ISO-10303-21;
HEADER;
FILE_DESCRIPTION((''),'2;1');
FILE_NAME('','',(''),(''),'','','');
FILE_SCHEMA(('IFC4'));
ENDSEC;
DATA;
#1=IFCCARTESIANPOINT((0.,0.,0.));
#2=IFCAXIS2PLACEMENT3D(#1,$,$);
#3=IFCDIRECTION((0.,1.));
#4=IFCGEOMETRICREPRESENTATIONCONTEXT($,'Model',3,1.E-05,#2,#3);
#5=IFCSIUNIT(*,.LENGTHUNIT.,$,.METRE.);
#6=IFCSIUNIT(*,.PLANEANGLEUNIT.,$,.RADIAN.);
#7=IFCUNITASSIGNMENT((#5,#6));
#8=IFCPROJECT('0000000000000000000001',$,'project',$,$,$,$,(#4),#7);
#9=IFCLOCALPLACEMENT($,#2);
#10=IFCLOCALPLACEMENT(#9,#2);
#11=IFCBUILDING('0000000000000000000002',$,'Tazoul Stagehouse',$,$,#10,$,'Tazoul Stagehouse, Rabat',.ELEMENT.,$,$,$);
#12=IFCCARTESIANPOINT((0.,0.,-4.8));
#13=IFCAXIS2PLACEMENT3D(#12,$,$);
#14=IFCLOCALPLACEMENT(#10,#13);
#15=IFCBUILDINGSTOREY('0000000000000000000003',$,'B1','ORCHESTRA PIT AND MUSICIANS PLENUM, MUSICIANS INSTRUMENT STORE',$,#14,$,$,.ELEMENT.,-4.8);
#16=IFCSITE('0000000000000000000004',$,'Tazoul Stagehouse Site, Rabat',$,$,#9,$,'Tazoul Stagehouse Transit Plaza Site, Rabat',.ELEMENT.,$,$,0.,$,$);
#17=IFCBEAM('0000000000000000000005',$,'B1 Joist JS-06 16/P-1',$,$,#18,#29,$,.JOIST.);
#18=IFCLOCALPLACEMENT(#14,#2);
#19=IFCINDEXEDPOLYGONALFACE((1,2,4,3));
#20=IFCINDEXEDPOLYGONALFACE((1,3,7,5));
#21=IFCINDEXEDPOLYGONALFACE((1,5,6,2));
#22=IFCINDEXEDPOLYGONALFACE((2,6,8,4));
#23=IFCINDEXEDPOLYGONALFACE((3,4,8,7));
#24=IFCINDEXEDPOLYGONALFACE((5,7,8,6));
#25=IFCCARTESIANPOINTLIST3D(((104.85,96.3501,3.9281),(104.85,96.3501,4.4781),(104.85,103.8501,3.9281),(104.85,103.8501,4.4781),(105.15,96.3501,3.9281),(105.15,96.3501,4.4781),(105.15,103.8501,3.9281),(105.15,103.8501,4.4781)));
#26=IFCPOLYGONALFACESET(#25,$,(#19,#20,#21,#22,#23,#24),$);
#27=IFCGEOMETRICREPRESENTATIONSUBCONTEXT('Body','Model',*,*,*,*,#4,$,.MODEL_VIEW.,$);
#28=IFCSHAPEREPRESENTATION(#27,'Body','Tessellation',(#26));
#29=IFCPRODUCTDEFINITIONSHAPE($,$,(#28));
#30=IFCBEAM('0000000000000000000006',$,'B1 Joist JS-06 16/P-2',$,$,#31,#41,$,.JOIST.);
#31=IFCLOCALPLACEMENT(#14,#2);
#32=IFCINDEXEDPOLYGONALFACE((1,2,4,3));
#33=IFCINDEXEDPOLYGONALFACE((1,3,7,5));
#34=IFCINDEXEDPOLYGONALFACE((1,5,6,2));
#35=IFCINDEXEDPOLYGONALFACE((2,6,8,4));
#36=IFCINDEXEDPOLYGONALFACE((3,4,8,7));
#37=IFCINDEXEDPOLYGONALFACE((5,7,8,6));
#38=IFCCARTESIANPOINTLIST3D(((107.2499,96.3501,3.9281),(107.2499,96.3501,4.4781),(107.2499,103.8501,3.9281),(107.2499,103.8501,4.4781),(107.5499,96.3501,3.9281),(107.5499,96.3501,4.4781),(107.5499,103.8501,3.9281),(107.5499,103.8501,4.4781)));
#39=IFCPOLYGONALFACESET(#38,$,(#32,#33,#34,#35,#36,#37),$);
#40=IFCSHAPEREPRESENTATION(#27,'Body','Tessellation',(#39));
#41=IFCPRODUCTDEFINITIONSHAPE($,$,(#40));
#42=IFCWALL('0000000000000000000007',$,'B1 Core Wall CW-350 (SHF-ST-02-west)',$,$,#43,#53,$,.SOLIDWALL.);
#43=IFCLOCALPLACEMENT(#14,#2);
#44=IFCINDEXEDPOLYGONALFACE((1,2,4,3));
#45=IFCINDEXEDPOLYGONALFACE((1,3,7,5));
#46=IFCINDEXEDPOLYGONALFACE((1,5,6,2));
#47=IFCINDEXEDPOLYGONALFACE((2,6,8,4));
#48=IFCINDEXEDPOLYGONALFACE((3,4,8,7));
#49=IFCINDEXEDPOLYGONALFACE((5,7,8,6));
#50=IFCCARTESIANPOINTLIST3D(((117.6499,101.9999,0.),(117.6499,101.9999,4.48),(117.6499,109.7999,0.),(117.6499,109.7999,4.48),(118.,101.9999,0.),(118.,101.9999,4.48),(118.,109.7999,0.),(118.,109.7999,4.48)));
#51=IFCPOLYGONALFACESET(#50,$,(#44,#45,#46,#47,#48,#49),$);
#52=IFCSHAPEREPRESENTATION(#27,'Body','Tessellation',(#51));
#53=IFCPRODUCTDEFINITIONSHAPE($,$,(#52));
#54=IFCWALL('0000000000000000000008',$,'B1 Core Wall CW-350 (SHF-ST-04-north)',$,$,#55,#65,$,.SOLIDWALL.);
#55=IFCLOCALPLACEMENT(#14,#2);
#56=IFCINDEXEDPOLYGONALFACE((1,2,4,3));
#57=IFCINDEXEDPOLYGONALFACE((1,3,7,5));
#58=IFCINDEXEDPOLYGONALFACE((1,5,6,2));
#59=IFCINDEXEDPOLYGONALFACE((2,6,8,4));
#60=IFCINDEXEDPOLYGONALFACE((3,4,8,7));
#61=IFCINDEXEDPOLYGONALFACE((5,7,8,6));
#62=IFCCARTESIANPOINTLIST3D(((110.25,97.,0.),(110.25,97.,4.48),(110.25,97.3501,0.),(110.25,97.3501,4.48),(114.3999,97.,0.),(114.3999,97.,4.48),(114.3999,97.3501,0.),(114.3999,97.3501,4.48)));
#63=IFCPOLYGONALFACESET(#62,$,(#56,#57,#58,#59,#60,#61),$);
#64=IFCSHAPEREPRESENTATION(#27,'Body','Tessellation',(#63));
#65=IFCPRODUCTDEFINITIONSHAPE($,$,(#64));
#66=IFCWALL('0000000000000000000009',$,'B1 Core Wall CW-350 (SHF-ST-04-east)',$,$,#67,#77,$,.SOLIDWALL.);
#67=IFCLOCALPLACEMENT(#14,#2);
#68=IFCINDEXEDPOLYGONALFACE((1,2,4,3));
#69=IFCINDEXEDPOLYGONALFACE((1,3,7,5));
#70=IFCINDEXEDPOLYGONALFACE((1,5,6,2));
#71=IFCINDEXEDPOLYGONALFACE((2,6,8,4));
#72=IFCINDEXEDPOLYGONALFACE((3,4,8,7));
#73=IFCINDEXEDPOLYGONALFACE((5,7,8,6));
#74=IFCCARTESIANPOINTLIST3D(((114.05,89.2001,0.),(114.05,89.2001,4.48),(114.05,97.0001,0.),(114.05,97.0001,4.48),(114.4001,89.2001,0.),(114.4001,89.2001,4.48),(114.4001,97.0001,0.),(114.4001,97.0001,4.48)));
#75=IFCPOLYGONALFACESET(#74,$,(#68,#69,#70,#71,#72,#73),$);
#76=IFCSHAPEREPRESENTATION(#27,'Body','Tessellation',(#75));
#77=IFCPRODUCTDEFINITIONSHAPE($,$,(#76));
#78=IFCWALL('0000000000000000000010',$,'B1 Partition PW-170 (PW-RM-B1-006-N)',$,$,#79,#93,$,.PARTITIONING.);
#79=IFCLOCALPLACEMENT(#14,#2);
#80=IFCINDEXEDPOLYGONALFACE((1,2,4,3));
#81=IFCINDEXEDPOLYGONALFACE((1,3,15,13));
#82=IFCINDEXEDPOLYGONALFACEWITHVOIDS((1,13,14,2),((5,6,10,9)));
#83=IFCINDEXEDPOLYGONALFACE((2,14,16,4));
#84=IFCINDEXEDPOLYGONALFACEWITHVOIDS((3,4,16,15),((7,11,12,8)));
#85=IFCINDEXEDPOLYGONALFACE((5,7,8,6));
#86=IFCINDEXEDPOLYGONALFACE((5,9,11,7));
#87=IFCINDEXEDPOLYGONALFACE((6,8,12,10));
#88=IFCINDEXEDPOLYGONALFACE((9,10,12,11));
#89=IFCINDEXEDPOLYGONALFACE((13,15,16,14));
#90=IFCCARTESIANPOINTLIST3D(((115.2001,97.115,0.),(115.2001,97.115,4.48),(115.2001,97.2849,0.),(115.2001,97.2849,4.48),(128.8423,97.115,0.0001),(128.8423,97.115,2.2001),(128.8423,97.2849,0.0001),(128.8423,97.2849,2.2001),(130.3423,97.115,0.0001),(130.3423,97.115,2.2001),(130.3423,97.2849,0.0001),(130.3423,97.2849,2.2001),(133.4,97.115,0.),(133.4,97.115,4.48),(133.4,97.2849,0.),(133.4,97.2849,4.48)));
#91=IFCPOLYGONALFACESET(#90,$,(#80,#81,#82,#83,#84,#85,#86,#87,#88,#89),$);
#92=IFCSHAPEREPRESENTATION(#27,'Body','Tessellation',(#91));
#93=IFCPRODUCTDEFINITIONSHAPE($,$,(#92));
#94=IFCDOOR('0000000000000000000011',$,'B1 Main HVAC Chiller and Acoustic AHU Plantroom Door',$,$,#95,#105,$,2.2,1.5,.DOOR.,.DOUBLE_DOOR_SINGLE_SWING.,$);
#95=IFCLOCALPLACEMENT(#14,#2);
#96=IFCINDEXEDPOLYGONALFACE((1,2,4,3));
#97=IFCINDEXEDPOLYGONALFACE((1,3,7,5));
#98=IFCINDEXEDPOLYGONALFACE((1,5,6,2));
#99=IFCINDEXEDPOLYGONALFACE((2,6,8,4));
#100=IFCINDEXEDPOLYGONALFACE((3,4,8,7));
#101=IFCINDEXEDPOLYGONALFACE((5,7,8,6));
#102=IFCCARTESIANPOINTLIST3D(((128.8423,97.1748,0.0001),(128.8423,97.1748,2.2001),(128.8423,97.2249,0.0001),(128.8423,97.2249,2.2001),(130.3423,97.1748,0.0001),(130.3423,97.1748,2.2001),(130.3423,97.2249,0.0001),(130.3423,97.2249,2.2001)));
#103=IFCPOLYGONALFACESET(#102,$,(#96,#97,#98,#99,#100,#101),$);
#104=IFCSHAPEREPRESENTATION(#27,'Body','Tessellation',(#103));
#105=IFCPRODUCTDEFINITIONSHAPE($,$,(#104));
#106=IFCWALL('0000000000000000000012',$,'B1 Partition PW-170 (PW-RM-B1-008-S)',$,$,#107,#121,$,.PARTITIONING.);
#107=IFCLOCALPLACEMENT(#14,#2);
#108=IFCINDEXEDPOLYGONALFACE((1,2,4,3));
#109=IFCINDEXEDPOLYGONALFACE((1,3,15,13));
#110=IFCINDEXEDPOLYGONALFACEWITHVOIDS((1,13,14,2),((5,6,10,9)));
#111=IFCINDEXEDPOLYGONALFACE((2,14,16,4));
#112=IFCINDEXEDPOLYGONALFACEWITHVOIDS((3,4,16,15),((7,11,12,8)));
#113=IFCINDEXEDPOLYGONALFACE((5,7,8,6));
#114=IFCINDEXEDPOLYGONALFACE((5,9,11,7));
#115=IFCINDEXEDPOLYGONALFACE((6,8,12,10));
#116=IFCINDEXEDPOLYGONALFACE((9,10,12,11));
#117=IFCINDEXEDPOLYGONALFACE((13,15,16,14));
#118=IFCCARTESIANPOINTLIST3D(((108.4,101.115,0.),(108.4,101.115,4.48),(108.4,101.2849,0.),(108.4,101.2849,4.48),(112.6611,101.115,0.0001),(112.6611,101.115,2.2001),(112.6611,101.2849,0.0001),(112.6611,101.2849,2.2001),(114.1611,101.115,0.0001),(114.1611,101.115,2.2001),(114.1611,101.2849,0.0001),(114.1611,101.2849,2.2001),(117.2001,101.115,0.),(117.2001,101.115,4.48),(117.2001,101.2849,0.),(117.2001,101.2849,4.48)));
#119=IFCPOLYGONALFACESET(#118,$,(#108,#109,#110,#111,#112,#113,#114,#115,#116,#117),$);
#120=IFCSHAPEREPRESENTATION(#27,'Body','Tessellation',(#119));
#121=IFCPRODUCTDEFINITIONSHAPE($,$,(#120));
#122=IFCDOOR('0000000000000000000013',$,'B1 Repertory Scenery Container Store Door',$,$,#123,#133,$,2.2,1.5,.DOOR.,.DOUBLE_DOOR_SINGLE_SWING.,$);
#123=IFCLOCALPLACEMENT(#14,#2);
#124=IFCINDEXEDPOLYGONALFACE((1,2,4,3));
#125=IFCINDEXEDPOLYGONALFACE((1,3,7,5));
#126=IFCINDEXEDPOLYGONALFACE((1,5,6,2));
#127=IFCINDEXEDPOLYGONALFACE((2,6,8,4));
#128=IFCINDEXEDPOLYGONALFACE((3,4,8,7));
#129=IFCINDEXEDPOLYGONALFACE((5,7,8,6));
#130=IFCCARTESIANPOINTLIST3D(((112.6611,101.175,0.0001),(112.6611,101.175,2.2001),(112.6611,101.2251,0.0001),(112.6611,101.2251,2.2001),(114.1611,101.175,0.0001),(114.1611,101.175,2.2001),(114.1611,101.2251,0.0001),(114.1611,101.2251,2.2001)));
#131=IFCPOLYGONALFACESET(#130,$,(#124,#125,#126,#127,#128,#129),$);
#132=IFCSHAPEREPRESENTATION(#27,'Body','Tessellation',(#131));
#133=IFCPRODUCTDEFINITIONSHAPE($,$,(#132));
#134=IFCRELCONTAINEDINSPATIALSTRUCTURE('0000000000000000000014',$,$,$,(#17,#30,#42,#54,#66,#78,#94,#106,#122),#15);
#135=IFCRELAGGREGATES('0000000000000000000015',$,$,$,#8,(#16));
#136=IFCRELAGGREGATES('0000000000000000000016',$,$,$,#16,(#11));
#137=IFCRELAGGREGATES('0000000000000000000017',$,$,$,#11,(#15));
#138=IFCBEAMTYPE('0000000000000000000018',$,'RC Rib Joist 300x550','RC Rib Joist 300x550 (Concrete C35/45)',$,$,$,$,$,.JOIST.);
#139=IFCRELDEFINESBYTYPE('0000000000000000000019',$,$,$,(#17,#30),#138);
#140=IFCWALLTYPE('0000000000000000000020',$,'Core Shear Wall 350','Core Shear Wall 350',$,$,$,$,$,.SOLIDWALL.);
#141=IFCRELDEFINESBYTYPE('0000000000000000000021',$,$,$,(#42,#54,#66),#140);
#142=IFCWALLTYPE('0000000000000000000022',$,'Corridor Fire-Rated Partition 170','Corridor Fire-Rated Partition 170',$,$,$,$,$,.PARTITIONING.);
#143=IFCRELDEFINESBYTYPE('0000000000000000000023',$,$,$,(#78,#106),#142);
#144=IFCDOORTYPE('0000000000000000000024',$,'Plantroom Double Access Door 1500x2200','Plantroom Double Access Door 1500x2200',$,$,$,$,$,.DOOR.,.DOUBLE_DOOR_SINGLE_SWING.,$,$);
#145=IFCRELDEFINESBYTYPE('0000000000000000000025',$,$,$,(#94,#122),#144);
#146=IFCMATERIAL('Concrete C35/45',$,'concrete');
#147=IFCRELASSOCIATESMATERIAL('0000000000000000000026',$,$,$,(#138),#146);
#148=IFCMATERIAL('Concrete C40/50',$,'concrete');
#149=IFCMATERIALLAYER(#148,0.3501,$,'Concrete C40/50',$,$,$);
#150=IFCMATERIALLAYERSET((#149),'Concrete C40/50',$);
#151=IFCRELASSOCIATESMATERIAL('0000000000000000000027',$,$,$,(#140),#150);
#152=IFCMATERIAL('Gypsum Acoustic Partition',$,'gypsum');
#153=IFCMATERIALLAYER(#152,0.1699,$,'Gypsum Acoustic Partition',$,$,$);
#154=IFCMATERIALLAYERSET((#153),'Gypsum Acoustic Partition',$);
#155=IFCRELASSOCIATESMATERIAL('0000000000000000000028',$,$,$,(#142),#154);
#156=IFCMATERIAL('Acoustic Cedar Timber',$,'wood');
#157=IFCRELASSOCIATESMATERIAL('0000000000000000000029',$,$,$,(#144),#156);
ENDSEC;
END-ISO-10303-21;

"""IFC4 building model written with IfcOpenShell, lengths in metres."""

from ifc_helpers import new_model, si_unit, direction, frame, frame_2d, origin, origin_2d, place, context, subcontext, project, spatial, rectangle, extrude, material, layer, layer_set, material_profile, profile_set, type_object, element, fill, save


model = new_model("IFC4")

# Units and contexts
model_context = context("Model", 3, precision=1e-05, world=origin(), true_north=direction((0.0, 1.0)))
body_context = subcontext(model_context, "Body", "Model", "MODEL_VIEW")
ifc_project = project(units=[si_unit("LENGTHUNIT", "METRE"), si_unit("PLANEANGLEUNIT", "RADIAN")], contexts=[model_context])

# Site, building, storey
site_placement = place(None, origin())
site = spatial("IfcSite", under=ifc_project, at=site_placement, Name="Tazoul Stagehouse Site, Rabat", LongName="Tazoul Stagehouse Transit Plaza Site, Rabat", CompositionType="ELEMENT", RefElevation=0.0)
building_placement = place(site_placement, origin())
building = spatial("IfcBuilding", under=site, at=building_placement, Name="Tazoul Stagehouse", LongName="Tazoul Stagehouse, Rabat", CompositionType="ELEMENT")
storey_placement = place(building_placement, frame((0.0, 0.0, -4.8)))
storey = spatial("IfcBuildingStorey", under=building, at=storey_placement, Name="B1", Description="ORCHESTRA PIT AND MUSICIANS PLENUM, MUSICIANS INSTRUMENT STORE", CompositionType="ELEMENT", Elevation=-4.8)

# Shared definitions
ifc_material_1 = material(Name="Concrete C35/45", Category="concrete")

# Shared definitions
ifc_material_2 = material(Name="Concrete C40/50", Category="concrete")

# Beams
ifc_material_profile_1 = material_profile(ifc_material_1, rectangle(XDim=0.3, YDim=0.55, at=origin_2d()), Name="RC 300x550")
ifc_profile_set_1 = profile_set([ifc_material_profile_1], Name="Concrete C35/45")
beam_type_1 = type_object("IfcBeamType", Name="RC Rib Joist 300x550", Description="RC Rib Joist 300x550 (Concrete C35/45)", PredefinedType="JOIST", material=ifc_profile_set_1)
for number, where, z_axis, x_axis, name in (
    (1, (105.0, 96.3501, 4.2031), (0.0, 1.0, 0.0), (-1.0, 0.0, 0.0), "B1 Joist JS-06 16/P-1"),
    (2, (107.3999, 96.3501, 4.2031), (0.0, 1.0, 0.0), (-1.0, 0.0, 0.0), "B1 Joist JS-06 16/P-2"),
):
    element("IfcBeam", number, at=place(storey_placement, frame(where, z_axis=z_axis, x_axis=x_axis)), inside=storey, type_object=beam_type_1, Name=name, PredefinedType="JOIST", context=body_context, shape_type="SweptSolid", body=[
        extrude(rectangle(XDim=0.3, YDim=0.55, at=origin_2d()), origin(), (0.0, 0.0, 1.0), 7.5),
    ])

# Walls
ifc_layer_1 = layer(ifc_material_2, 0.3501, Name="Concrete C40/50")
ifc_layer_set_1 = layer_set([ifc_layer_1], Name="Concrete C40/50")
wall_type_1 = type_object("IfcWallType", Name="Core Shear Wall 350", Description="Core Shear Wall 350", PredefinedType="SOLIDWALL", material=ifc_layer_set_1)
wall_1_placement = place(storey_placement, frame((117.825, 102.0, 0.0), z_axis=(0.0, 0.0, 1.0), x_axis=(0.0, 1.0, 0.0)))
element("IfcWall", 3, at=wall_1_placement, inside=storey, type_object=wall_type_1, Name="B1 Core Wall CW-350 (SHF-ST-02-west)", PredefinedType="SOLIDWALL", context=body_context, shape_type="SweptSolid", body=[
    extrude(rectangle(XDim=7.8, YDim=0.3501, at=frame_2d((3.8999, 0.0))), origin(), (0.0, 0.0, 1.0), 4.48),
])
wall_2_placement = place(storey_placement, frame((110.25, 97.175, 0.0), z_axis=(0.0, 0.0, 1.0), x_axis=(1.0, 0.0, 0.0)))
element("IfcWall", 4, at=wall_2_placement, inside=storey, type_object=wall_type_1, Name="B1 Core Wall CW-350 (SHF-ST-04-north)", PredefinedType="SOLIDWALL", context=body_context, shape_type="SweptSolid", body=[
    extrude(rectangle(XDim=4.1499, YDim=0.3501, at=frame_2d((2.075, 0.0))), origin(), (0.0, 0.0, 1.0), 4.48),
])
wall_3_placement = place(storey_placement, frame((114.2251, 97.0, 0.0), z_axis=(0.0, 0.0, 1.0), x_axis=(0.0, -1.0, 0.0)))
element("IfcWall", 5, at=wall_3_placement, inside=storey, type_object=wall_type_1, Name="B1 Core Wall CW-350 (SHF-ST-04-east)", PredefinedType="SOLIDWALL", context=body_context, shape_type="SweptSolid", body=[
    extrude(rectangle(XDim=7.8, YDim=0.3501, at=frame_2d((3.8999, 0.0))), origin(), (0.0, 0.0, 1.0), 4.48),
])

# Walls, openings, doors
ifc_material_3 = material(Name="Gypsum Acoustic Partition", Category="gypsum")
ifc_layer_2 = layer(ifc_material_3, 0.1699, Name="Gypsum Acoustic Partition")
ifc_layer_set_2 = layer_set([ifc_layer_2], Name="Gypsum Acoustic Partition")
wall_type_2 = type_object("IfcWallType", Name="Corridor Fire-Rated Partition 170", Description="Corridor Fire-Rated Partition 170", PredefinedType="PARTITIONING", material=ifc_layer_set_2)
wall_4_placement = place(storey_placement, frame((115.2, 97.2, 0.0), z_axis=(0.0, 0.0, 1.0), x_axis=(1.0, 0.0, 0.0)))
wall_4 = element("IfcWall", 6, at=wall_4_placement, inside=storey, type_object=wall_type_2, Name="B1 Partition PW-170 (PW-RM-B1-006-N)", PredefinedType="PARTITIONING", context=body_context, shape_type="SweptSolid", body=[
    extrude(rectangle(XDim=18.2, YDim=0.1699, at=frame_2d((9.1001, 0.0))), origin(), (0.0, 0.0, 1.0), 4.48),
])
opening_1_placement = place(wall_4_placement, frame((13.6423, 0.0, 0.0)))
opening_1 = element("IfcOpeningElement", 7, at=opening_1_placement, cuts=wall_4, PredefinedType="OPENING", context=body_context, shape_type="SweptSolid", body=[
    extrude(rectangle(XDim=1.5, YDim=2.2, at=frame_2d((0.75, 1.1001))), frame((0.0, 0.105, 0.0), z_axis=(0.0, -1.0, 0.0), x_axis=(1.0, 0.0, 0.0)), (0.0, 0.0, 1.0), 0.21),
])
ifc_material_4 = material(Name="Acoustic Cedar Timber", Category="wood")
door_type = type_object("IfcDoorType", Name="Plantroom Double Access Door 1500x2200", Description="Plantroom Double Access Door 1500x2200", OperationType="DOUBLE_DOOR_SINGLE_SWING", PredefinedType="DOOR", material=ifc_material_4)
door_1_placement = place(opening_1_placement, origin())
door_1 = element("IfcDoor", 8, at=door_1_placement, inside=storey, type_object=door_type, Name="B1 Main HVAC Chiller and Acoustic AHU Plantroom Door", OperationType="DOUBLE_DOOR_SINGLE_SWING", OverallHeight=2.2, OverallWidth=1.5, PredefinedType="DOOR", context=body_context, shape_type="SweptSolid", body=[
    extrude(rectangle(XDim=1.5, YDim=2.2, at=frame_2d((0.75, 1.1001))), frame((0.0, 0.0249, 0.0), z_axis=(0.0, -1.0, 0.0), x_axis=(1.0, 0.0, 0.0)), (0.0, 0.0, 1.0), 0.05),
])
fill(opening_1, door_1)
wall_5_placement = place(storey_placement, frame((117.2, 101.2, 0.0), z_axis=(0.0, 0.0, 1.0), x_axis=(-1.0, 0.0, 0.0)))
wall_5 = element("IfcWall", 9, at=wall_5_placement, inside=storey, type_object=wall_type_2, Name="B1 Partition PW-170 (PW-RM-B1-008-S)", PredefinedType="PARTITIONING", context=body_context, shape_type="SweptSolid", body=[
    extrude(rectangle(XDim=8.8, YDim=0.1699, at=frame_2d((4.3999, 0.0))), origin(), (0.0, 0.0, 1.0), 4.48),
])
opening_2_placement = place(wall_5_placement, frame((3.0388, 0.0, 0.0)))
opening_2 = element("IfcOpeningElement", 10, at=opening_2_placement, cuts=wall_5, PredefinedType="OPENING", context=body_context, shape_type="SweptSolid", body=[
    extrude(rectangle(XDim=1.5, YDim=2.2, at=frame_2d((0.75, 1.1001))), frame((0.0, 0.105, 0.0), z_axis=(0.0, -1.0, 0.0), x_axis=(1.0, 0.0, 0.0)), (0.0, 0.0, 1.0), 0.21),
])
door_2_placement = place(opening_2_placement, origin())
door_2 = element("IfcDoor", 11, at=door_2_placement, inside=storey, type_object=door_type, Name="B1 Repertory Scenery Container Store Door", OperationType="DOUBLE_DOOR_SINGLE_SWING", OverallHeight=2.2, OverallWidth=1.5, PredefinedType="DOOR", context=body_context, shape_type="SweptSolid", body=[
    extrude(rectangle(XDim=1.5, YDim=2.2, at=frame_2d((0.75, 1.1001))), frame((0.0, 0.0249, 0.0), z_axis=(0.0, -1.0, 0.0), x_axis=(1.0, 0.0, 0.0)), (0.0, 0.0, 1.0), 0.05),
])
fill(opening_2, door_2)

save(model, "model.ifc")
